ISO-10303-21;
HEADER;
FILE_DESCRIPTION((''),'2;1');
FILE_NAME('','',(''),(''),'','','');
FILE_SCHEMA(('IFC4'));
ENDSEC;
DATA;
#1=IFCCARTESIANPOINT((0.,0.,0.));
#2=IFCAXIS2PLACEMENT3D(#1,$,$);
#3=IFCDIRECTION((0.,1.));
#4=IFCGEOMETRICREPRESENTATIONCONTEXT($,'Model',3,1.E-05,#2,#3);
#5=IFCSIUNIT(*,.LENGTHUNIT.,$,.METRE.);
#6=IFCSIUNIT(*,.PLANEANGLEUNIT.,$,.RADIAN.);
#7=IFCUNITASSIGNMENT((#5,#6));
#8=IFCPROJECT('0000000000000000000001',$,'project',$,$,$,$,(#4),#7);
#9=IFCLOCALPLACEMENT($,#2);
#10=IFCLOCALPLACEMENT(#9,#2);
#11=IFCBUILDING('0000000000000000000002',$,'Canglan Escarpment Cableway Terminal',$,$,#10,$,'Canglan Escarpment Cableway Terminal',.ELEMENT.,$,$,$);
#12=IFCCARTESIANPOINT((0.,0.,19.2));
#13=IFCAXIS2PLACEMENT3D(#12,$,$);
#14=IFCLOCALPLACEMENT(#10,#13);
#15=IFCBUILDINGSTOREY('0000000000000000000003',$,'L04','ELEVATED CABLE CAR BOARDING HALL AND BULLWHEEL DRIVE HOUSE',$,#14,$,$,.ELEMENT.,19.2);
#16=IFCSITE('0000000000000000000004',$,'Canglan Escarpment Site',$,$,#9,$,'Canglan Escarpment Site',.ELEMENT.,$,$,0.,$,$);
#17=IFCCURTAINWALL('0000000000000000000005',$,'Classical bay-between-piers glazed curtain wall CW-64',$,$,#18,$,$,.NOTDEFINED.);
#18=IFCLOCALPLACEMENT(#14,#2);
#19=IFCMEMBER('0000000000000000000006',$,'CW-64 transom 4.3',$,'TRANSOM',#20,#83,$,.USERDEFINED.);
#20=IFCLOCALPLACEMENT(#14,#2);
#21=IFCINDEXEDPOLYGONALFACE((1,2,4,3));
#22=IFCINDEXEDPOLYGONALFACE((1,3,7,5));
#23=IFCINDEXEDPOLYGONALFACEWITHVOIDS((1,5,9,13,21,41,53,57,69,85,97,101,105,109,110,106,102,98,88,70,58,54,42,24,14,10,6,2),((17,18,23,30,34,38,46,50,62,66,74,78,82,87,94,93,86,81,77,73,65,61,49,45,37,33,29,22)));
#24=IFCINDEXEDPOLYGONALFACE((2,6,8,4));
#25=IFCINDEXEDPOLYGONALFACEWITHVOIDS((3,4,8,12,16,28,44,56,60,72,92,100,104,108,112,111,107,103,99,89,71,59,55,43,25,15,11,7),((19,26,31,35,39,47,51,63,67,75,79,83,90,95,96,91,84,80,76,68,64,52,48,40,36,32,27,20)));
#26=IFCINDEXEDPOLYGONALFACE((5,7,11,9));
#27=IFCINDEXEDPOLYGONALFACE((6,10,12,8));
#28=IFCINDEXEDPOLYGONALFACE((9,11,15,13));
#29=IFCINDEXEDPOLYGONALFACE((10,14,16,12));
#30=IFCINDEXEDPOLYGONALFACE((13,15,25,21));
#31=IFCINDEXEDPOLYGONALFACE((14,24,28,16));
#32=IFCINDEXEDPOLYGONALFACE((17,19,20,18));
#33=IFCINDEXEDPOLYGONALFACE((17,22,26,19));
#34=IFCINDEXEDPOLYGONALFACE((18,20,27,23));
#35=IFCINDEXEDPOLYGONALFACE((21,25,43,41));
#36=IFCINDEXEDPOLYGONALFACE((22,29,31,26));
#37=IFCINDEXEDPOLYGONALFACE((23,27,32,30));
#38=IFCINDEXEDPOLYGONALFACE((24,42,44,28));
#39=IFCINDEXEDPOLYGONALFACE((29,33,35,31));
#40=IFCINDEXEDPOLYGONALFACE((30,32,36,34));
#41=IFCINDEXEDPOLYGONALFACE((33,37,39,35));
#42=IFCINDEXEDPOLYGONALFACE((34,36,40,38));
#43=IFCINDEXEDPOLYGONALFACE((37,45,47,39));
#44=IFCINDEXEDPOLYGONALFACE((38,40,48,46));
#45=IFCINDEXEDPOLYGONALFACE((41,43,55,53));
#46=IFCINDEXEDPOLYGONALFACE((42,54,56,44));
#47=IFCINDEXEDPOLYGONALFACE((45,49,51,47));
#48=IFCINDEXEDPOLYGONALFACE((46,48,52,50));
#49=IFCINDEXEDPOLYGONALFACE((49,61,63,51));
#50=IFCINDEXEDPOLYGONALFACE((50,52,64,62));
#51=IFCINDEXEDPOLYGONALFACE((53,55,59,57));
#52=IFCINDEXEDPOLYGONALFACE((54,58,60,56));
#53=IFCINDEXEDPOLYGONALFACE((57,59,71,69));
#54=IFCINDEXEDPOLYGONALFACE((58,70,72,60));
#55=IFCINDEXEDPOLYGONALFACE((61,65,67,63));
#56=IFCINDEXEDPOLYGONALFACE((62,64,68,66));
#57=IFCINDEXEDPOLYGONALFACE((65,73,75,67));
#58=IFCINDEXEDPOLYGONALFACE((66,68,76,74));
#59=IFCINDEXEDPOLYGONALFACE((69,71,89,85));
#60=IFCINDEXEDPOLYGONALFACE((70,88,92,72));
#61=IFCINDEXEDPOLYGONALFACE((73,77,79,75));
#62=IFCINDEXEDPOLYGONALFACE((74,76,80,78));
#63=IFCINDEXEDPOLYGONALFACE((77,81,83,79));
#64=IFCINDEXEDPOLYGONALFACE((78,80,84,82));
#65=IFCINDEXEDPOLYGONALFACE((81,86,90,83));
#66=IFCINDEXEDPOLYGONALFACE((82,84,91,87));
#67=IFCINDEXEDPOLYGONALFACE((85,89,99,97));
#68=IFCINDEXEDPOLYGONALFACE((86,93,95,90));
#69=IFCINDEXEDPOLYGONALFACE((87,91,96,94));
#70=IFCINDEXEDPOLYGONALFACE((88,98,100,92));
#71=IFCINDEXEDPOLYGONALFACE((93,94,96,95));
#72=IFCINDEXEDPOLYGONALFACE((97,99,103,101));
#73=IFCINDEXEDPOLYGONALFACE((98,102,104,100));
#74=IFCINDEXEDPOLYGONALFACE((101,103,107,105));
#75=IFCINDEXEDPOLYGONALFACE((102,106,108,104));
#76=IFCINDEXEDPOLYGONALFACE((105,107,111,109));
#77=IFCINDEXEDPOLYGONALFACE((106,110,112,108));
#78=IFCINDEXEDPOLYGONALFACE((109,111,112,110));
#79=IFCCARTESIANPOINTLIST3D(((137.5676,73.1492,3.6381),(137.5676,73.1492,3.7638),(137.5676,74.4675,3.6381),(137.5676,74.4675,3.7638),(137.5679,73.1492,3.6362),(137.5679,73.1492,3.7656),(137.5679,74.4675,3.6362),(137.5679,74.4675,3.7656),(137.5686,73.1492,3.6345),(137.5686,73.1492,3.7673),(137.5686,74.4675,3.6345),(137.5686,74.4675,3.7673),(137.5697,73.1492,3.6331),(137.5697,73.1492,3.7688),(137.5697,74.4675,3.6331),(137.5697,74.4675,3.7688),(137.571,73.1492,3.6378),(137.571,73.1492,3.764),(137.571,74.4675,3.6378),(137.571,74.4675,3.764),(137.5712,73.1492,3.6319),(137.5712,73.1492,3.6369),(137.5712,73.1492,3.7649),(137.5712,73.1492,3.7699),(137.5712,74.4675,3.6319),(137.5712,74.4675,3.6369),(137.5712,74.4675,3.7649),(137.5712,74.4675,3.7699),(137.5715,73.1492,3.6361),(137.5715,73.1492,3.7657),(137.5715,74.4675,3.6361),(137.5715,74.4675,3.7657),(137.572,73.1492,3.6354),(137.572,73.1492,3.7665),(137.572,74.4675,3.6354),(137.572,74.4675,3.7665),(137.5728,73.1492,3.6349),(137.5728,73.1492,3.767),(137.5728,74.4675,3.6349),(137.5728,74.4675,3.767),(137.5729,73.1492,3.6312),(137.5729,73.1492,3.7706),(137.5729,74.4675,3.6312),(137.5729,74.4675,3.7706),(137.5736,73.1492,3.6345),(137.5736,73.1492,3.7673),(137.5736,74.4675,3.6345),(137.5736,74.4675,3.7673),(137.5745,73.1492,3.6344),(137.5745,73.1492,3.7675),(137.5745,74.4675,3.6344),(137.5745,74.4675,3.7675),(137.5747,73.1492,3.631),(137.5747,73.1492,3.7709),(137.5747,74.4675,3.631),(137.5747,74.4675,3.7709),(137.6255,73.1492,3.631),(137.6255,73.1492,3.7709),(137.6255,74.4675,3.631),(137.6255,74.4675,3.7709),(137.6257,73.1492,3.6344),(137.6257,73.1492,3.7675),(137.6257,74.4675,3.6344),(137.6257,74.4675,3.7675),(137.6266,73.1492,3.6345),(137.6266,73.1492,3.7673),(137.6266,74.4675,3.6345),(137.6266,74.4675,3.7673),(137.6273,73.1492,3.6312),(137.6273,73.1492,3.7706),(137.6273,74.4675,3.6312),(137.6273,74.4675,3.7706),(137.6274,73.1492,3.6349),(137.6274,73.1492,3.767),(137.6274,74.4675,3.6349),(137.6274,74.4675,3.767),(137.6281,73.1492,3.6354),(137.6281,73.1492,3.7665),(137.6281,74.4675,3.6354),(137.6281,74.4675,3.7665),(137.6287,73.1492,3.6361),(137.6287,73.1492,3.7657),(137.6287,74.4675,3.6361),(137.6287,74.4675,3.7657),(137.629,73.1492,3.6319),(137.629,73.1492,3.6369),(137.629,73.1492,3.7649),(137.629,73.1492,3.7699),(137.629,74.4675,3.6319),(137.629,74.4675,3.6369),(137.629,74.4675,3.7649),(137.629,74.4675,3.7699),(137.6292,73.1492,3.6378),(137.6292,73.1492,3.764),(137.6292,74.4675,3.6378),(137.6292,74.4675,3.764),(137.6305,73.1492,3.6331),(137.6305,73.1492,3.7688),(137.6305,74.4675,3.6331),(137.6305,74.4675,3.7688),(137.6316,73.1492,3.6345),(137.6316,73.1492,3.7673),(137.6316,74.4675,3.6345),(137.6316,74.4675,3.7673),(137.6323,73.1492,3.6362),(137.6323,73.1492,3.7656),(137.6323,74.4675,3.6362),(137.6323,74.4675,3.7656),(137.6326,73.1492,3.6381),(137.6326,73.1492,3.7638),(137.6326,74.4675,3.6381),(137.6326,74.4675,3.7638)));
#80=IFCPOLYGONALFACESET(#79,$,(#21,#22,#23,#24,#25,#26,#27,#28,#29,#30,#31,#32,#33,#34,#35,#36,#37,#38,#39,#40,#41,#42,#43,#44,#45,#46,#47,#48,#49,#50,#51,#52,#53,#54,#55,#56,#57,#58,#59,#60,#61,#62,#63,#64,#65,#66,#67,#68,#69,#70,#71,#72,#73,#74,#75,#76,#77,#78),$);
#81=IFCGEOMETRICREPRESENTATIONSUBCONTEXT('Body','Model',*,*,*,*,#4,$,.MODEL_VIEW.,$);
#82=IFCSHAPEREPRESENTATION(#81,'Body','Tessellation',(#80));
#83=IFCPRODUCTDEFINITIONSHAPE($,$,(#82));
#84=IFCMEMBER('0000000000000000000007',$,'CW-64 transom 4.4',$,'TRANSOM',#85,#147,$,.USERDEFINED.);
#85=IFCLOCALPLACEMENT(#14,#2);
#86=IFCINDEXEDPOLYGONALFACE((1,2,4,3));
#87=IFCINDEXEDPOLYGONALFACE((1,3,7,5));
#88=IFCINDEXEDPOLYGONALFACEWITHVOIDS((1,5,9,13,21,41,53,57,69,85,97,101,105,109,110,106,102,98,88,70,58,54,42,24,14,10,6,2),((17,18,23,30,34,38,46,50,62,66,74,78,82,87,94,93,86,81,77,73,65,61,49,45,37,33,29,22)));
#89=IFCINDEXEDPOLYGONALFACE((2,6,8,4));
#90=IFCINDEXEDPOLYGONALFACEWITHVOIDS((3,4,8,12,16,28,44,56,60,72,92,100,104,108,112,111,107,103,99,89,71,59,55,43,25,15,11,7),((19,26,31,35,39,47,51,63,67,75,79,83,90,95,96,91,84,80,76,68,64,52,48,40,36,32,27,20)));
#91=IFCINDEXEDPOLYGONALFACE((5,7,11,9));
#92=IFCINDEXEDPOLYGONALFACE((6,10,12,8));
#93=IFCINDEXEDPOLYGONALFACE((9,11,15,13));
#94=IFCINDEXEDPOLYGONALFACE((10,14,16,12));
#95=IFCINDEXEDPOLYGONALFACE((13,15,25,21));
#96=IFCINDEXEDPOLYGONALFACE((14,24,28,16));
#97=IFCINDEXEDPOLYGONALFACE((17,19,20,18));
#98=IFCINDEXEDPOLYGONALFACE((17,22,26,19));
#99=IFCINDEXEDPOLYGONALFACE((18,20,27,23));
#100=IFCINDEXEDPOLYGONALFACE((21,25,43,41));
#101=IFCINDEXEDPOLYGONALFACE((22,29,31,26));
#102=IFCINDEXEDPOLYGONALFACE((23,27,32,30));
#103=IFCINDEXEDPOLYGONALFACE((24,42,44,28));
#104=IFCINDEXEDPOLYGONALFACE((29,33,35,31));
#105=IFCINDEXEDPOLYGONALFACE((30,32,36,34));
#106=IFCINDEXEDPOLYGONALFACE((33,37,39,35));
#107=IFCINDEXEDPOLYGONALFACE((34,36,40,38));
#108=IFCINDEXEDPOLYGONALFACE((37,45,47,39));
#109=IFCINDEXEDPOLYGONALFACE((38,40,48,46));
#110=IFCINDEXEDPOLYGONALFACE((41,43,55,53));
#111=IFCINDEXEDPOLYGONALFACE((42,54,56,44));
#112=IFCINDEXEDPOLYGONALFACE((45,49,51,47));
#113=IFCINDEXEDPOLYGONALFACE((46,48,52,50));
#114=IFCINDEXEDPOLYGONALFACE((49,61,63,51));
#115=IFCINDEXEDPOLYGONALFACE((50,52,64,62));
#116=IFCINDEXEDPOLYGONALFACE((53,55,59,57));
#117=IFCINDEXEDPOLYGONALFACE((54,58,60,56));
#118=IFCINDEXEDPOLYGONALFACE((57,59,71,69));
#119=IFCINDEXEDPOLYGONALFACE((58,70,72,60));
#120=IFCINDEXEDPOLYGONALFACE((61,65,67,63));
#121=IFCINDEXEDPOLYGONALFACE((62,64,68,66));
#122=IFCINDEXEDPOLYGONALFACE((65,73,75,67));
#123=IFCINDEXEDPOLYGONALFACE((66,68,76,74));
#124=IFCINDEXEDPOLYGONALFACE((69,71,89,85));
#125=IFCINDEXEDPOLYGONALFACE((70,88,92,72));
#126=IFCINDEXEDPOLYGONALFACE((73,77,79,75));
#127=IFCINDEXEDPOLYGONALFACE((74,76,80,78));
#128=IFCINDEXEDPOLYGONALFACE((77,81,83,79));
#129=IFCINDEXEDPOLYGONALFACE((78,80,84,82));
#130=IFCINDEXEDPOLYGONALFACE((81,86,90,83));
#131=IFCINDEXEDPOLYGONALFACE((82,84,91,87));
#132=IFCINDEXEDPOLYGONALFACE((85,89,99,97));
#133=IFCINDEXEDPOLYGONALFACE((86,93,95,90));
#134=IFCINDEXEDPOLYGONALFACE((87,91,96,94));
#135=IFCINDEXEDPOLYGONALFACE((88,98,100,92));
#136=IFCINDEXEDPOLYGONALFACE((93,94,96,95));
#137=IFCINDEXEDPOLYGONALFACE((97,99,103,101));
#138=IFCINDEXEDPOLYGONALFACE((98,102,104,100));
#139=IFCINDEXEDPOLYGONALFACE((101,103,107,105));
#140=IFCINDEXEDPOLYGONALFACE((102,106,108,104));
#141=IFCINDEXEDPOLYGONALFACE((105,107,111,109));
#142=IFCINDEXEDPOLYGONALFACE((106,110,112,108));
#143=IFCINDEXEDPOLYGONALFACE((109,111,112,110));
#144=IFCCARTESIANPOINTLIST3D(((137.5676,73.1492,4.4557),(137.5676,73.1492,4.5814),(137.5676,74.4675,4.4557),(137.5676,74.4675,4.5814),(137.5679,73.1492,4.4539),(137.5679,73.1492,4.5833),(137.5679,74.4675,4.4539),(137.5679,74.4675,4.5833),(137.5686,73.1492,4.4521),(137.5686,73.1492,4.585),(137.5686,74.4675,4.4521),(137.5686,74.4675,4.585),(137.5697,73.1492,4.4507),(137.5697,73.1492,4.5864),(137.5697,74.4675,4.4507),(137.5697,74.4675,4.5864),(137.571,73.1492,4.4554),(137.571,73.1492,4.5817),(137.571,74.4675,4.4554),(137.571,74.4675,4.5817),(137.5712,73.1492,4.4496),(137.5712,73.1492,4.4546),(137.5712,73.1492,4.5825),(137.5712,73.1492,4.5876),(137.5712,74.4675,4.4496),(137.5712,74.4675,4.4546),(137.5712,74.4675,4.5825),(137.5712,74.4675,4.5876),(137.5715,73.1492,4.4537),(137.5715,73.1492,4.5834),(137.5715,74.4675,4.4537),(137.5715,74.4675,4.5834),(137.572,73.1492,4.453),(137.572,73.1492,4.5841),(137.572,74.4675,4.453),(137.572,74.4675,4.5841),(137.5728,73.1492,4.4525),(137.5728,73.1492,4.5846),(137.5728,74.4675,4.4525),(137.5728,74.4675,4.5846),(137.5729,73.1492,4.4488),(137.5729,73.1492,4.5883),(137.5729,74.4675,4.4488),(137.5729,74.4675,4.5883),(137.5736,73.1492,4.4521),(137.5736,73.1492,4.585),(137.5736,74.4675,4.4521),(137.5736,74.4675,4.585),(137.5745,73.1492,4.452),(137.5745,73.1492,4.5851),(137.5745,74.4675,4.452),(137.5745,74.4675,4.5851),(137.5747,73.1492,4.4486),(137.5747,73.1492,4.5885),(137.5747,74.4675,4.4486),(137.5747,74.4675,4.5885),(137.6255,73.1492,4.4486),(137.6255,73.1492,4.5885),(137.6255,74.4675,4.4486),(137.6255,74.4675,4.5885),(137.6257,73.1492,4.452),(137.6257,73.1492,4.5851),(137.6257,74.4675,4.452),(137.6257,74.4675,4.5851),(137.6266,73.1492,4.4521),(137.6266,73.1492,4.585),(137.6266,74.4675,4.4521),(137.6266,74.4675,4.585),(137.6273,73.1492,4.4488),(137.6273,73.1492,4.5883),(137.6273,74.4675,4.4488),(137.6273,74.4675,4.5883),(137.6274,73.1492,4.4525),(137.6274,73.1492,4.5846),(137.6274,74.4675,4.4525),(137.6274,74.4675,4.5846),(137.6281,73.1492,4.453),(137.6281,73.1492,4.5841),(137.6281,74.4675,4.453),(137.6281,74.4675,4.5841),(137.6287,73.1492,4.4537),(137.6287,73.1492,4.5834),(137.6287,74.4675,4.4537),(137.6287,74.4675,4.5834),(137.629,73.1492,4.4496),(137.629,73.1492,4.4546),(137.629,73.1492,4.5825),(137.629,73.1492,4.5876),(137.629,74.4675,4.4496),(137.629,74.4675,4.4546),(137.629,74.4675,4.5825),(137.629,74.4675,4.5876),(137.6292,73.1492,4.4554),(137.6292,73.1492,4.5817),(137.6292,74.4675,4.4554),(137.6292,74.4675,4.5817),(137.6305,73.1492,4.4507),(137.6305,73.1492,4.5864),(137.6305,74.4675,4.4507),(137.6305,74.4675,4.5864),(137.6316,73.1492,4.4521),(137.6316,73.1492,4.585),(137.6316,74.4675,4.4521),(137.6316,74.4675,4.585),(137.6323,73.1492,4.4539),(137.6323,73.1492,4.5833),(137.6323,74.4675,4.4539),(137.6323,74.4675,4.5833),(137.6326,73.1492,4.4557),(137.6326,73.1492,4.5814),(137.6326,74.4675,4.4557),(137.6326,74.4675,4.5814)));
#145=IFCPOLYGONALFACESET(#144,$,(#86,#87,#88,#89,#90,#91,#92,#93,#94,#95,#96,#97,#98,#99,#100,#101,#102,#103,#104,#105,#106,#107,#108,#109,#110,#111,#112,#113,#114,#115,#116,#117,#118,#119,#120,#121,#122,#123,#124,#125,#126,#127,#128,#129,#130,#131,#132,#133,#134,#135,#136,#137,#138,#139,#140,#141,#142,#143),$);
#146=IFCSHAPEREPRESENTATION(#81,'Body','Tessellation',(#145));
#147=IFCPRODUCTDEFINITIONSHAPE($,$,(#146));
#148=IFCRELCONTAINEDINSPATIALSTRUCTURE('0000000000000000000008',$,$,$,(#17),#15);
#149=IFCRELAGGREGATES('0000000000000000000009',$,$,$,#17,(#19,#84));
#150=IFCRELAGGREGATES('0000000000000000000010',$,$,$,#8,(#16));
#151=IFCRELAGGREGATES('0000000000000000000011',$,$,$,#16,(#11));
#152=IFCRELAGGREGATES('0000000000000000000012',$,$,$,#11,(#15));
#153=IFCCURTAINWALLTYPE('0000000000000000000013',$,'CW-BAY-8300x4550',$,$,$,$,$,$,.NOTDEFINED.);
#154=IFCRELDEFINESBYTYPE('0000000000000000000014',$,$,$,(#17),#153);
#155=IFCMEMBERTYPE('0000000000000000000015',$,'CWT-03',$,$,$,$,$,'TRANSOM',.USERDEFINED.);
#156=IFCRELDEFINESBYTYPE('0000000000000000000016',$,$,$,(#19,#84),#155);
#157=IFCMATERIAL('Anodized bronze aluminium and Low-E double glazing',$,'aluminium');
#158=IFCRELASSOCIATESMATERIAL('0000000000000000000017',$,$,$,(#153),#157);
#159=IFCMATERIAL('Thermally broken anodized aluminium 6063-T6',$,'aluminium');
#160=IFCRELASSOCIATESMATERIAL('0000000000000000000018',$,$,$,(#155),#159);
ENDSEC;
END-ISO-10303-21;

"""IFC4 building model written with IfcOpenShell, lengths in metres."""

from ifc_helpers import new_model, si_unit, direction, frame, origin, origin_2d, place, context, subcontext, project, spatial, hollow_rectangle, extrude, material, material_profile, profile_set, type_object, element, aggregate, save


model = new_model("IFC4")

# Units and contexts
model_context = context("Model", 3, precision=1e-05, world=origin(), true_north=direction((0.0, 1.0)))
body_context = subcontext(model_context, "Body", "Model", "MODEL_VIEW")
ifc_project = project(units=[si_unit("LENGTHUNIT", "METRE"), si_unit("PLANEANGLEUNIT", "RADIAN")], contexts=[model_context])

# Site, building, storey
site_placement = place(None, origin())
site = spatial("IfcSite", under=ifc_project, at=site_placement, Name="Canglan Escarpment Site", LongName="Canglan Escarpment Site", CompositionType="ELEMENT", RefElevation=0.0)
building_placement = place(site_placement, origin())
building = spatial("IfcBuilding", under=site, at=building_placement, Name="Canglan Escarpment Cableway Terminal", LongName="Canglan Escarpment Cableway Terminal", CompositionType="ELEMENT")
storey_placement = place(building_placement, frame((0.0, 0.0, 19.2)))
storey = spatial("IfcBuildingStorey", under=building, at=storey_placement, Name="L04", Description="ELEVATED CABLE CAR BOARDING HALL AND BULLWHEEL DRIVE HOUSE", CompositionType="ELEMENT", Elevation=19.2)

# Curtain wall, members
ifc_material_1 = material(Name="Anodized bronze aluminium and Low-E double glazing", Category="aluminium")
curtain_wall_type = type_object("IfcCurtainWallType", Name="CW-BAY-8300x4550", PredefinedType="NOTDEFINED", material=ifc_material_1)
curtain_wall_placement = place(storey_placement, origin())
curtain_wall = element("IfcCurtainWall", 1, at=curtain_wall_placement, inside=storey, type_object=curtain_wall_type, Name="Classical bay-between-piers glazed curtain wall CW-64", PredefinedType="NOTDEFINED")
ifc_material_2 = material(Name="Thermally broken anodized aluminium 6063-T6", Category="aluminium")
ifc_material_profile_1 = material_profile(ifc_material_2, hollow_rectangle(XDim=0.0649, YDim=0.1399, WallThickness=0.0034, InnerFilletRadius=0.0034, OuterFilletRadius=0.0071, at=origin_2d()), Name="ALU-TRAN 65x140x3.5")
ifc_profile_set_1 = profile_set([ifc_material_profile_1], Name="Thermally broken anodized aluminium 6063-T6")
member_type_1 = type_object("IfcMemberType", Name="CWT-03", ElementType="TRANSOM", PredefinedType="USERDEFINED", material=ifc_profile_set_1)
member_1_placement = place(storey_placement, frame((137.6001, 74.4675, 3.7009), z_axis=(0.0, -1.0, 0.0), x_axis=(1.0, 0.0, 0.0)))
member_1 = element("IfcMember", 2, at=member_1_placement, type_object=member_type_1, Name="CW-64 transom 4.3", ObjectType="TRANSOM", PredefinedType="USERDEFINED", context=body_context, shape_type="SweptSolid", body=[
    extrude(hollow_rectangle(XDim=0.0649, YDim=0.1399, WallThickness=0.0034, InnerFilletRadius=0.0034, OuterFilletRadius=0.0071, at=origin_2d()), origin(), (0.0, 0.0, 1.0), 1.3184),
])
member_2_placement = place(storey_placement, frame((137.6001, 74.4675, 4.5186), z_axis=(0.0, -1.0, 0.0), x_axis=(1.0, 0.0, 0.0)))
member_2 = element("IfcMember", 3, at=member_2_placement, type_object=member_type_1, Name="CW-64 transom 4.4", ObjectType="TRANSOM", PredefinedType="USERDEFINED", context=body_context, shape_type="SweptSolid", body=[
    extrude(hollow_rectangle(XDim=0.0649, YDim=0.1399, WallThickness=0.0034, InnerFilletRadius=0.0034, OuterFilletRadius=0.0071, at=origin_2d()), origin(), (0.0, 0.0, 1.0), 1.3184),
])
aggregate(curtain_wall, [member_1, member_2])

save(model, "model.ifc")
